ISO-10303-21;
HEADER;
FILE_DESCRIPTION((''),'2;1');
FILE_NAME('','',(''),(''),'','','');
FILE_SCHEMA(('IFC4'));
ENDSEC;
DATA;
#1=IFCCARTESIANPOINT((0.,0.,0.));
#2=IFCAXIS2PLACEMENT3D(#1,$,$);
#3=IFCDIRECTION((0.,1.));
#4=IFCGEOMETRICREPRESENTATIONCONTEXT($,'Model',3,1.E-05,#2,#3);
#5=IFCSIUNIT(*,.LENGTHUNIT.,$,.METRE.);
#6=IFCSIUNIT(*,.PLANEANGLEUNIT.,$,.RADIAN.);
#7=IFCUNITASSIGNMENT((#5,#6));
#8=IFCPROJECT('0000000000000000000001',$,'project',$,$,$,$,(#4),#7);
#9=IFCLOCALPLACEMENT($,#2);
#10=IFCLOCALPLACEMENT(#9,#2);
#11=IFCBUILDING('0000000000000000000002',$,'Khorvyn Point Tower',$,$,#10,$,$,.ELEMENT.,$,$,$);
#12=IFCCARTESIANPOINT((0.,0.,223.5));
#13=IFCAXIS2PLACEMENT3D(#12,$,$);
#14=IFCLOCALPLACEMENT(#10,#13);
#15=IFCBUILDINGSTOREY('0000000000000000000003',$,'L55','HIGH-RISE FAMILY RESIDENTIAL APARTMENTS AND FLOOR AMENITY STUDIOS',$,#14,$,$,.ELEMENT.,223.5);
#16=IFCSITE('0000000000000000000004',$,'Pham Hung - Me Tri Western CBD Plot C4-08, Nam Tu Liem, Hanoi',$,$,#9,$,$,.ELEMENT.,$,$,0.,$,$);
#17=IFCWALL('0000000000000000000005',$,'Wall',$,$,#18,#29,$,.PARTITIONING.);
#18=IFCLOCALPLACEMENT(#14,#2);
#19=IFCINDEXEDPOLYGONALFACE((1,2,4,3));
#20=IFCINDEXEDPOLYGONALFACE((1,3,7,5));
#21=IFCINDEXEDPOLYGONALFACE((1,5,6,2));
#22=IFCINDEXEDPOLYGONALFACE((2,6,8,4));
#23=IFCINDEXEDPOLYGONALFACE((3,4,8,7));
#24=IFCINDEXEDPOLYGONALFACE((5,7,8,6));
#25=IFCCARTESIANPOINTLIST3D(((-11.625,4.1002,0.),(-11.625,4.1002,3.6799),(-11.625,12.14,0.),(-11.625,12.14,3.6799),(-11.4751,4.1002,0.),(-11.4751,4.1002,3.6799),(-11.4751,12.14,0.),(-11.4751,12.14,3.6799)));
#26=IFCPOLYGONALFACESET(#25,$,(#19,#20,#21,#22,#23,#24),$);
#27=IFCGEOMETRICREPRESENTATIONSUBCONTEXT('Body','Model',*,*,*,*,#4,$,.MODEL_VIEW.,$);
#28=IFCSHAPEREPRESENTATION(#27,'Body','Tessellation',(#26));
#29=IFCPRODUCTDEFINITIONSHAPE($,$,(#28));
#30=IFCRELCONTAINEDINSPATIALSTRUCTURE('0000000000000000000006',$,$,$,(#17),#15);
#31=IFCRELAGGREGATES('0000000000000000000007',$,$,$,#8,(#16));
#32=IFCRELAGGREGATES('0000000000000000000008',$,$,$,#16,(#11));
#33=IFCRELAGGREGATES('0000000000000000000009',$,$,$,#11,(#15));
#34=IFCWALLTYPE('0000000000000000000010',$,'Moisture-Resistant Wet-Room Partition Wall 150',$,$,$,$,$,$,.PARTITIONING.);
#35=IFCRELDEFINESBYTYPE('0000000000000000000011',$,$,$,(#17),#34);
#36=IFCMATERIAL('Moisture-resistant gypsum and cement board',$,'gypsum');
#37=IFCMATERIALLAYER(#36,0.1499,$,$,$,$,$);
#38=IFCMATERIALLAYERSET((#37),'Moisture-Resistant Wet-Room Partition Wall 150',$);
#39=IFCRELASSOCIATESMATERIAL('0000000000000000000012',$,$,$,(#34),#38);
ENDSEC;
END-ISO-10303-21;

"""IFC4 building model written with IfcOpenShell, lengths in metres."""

from ifc_helpers import new_model, si_unit, direction, frame, frame_2d, origin, place, context, subcontext, project, spatial, rectangle, extrude, material, layer, layer_set, type_object, element, save


model = new_model("IFC4")

# Units and contexts
model_context = context("Model", 3, precision=1e-05, world=origin(), true_north=direction((0.0, 1.0)))
body_context = subcontext(model_context, "Body", "Model", "MODEL_VIEW")
ifc_project = project(units=[si_unit("LENGTHUNIT", "METRE"), si_unit("PLANEANGLEUNIT", "RADIAN")], contexts=[model_context])

# Site, building, storey
site_placement = place(None, origin())
site = spatial("IfcSite", under=ifc_project, at=site_placement, Name="Pham Hung - Me Tri Western CBD Plot C4-08, Nam Tu Liem, Hanoi", CompositionType="ELEMENT", RefElevation=0.0)
building_placement = place(site_placement, origin())
building = spatial("IfcBuilding", under=site, at=building_placement, Name="Khorvyn Point Tower", CompositionType="ELEMENT")
storey_placement = place(building_placement, frame((0.0, 0.0, 223.5)))
storey = spatial("IfcBuildingStorey", under=building, at=storey_placement, Name="L55", Description="HIGH-RISE FAMILY RESIDENTIAL APARTMENTS AND FLOOR AMENITY STUDIOS", CompositionType="ELEMENT", Elevation=223.5)

# Wall
ifc_material_1 = material(Name="Moisture-resistant gypsum and cement board", Category="gypsum")
ifc_layer_1 = layer(ifc_material_1, 0.1499)
ifc_layer_set_1 = layer_set([ifc_layer_1], Name="Moisture-Resistant Wet-Room Partition Wall 150")
wall_type_1 = type_object("IfcWallType", Name="Moisture-Resistant Wet-Room Partition Wall 150", PredefinedType="PARTITIONING", material=ifc_layer_set_1)
wall_1_placement = place(storey_placement, frame((-11.55, 4.1001, 0.0), z_axis=(0.0, 0.0, 1.0), x_axis=(0.0, 1.0, 0.0)))
element("IfcWall", 1, at=wall_1_placement, inside=storey, type_object=wall_type_1, Name="Wall", PredefinedType="PARTITIONING", context=body_context, shape_type="SweptSolid", body=[
    extrude(rectangle(XDim=8.0398, YDim=0.1499, at=frame_2d((4.02, 0.0))), origin(), (0.0, 0.0, 1.0), 3.6799),
])

save(model, "model.ifc")
